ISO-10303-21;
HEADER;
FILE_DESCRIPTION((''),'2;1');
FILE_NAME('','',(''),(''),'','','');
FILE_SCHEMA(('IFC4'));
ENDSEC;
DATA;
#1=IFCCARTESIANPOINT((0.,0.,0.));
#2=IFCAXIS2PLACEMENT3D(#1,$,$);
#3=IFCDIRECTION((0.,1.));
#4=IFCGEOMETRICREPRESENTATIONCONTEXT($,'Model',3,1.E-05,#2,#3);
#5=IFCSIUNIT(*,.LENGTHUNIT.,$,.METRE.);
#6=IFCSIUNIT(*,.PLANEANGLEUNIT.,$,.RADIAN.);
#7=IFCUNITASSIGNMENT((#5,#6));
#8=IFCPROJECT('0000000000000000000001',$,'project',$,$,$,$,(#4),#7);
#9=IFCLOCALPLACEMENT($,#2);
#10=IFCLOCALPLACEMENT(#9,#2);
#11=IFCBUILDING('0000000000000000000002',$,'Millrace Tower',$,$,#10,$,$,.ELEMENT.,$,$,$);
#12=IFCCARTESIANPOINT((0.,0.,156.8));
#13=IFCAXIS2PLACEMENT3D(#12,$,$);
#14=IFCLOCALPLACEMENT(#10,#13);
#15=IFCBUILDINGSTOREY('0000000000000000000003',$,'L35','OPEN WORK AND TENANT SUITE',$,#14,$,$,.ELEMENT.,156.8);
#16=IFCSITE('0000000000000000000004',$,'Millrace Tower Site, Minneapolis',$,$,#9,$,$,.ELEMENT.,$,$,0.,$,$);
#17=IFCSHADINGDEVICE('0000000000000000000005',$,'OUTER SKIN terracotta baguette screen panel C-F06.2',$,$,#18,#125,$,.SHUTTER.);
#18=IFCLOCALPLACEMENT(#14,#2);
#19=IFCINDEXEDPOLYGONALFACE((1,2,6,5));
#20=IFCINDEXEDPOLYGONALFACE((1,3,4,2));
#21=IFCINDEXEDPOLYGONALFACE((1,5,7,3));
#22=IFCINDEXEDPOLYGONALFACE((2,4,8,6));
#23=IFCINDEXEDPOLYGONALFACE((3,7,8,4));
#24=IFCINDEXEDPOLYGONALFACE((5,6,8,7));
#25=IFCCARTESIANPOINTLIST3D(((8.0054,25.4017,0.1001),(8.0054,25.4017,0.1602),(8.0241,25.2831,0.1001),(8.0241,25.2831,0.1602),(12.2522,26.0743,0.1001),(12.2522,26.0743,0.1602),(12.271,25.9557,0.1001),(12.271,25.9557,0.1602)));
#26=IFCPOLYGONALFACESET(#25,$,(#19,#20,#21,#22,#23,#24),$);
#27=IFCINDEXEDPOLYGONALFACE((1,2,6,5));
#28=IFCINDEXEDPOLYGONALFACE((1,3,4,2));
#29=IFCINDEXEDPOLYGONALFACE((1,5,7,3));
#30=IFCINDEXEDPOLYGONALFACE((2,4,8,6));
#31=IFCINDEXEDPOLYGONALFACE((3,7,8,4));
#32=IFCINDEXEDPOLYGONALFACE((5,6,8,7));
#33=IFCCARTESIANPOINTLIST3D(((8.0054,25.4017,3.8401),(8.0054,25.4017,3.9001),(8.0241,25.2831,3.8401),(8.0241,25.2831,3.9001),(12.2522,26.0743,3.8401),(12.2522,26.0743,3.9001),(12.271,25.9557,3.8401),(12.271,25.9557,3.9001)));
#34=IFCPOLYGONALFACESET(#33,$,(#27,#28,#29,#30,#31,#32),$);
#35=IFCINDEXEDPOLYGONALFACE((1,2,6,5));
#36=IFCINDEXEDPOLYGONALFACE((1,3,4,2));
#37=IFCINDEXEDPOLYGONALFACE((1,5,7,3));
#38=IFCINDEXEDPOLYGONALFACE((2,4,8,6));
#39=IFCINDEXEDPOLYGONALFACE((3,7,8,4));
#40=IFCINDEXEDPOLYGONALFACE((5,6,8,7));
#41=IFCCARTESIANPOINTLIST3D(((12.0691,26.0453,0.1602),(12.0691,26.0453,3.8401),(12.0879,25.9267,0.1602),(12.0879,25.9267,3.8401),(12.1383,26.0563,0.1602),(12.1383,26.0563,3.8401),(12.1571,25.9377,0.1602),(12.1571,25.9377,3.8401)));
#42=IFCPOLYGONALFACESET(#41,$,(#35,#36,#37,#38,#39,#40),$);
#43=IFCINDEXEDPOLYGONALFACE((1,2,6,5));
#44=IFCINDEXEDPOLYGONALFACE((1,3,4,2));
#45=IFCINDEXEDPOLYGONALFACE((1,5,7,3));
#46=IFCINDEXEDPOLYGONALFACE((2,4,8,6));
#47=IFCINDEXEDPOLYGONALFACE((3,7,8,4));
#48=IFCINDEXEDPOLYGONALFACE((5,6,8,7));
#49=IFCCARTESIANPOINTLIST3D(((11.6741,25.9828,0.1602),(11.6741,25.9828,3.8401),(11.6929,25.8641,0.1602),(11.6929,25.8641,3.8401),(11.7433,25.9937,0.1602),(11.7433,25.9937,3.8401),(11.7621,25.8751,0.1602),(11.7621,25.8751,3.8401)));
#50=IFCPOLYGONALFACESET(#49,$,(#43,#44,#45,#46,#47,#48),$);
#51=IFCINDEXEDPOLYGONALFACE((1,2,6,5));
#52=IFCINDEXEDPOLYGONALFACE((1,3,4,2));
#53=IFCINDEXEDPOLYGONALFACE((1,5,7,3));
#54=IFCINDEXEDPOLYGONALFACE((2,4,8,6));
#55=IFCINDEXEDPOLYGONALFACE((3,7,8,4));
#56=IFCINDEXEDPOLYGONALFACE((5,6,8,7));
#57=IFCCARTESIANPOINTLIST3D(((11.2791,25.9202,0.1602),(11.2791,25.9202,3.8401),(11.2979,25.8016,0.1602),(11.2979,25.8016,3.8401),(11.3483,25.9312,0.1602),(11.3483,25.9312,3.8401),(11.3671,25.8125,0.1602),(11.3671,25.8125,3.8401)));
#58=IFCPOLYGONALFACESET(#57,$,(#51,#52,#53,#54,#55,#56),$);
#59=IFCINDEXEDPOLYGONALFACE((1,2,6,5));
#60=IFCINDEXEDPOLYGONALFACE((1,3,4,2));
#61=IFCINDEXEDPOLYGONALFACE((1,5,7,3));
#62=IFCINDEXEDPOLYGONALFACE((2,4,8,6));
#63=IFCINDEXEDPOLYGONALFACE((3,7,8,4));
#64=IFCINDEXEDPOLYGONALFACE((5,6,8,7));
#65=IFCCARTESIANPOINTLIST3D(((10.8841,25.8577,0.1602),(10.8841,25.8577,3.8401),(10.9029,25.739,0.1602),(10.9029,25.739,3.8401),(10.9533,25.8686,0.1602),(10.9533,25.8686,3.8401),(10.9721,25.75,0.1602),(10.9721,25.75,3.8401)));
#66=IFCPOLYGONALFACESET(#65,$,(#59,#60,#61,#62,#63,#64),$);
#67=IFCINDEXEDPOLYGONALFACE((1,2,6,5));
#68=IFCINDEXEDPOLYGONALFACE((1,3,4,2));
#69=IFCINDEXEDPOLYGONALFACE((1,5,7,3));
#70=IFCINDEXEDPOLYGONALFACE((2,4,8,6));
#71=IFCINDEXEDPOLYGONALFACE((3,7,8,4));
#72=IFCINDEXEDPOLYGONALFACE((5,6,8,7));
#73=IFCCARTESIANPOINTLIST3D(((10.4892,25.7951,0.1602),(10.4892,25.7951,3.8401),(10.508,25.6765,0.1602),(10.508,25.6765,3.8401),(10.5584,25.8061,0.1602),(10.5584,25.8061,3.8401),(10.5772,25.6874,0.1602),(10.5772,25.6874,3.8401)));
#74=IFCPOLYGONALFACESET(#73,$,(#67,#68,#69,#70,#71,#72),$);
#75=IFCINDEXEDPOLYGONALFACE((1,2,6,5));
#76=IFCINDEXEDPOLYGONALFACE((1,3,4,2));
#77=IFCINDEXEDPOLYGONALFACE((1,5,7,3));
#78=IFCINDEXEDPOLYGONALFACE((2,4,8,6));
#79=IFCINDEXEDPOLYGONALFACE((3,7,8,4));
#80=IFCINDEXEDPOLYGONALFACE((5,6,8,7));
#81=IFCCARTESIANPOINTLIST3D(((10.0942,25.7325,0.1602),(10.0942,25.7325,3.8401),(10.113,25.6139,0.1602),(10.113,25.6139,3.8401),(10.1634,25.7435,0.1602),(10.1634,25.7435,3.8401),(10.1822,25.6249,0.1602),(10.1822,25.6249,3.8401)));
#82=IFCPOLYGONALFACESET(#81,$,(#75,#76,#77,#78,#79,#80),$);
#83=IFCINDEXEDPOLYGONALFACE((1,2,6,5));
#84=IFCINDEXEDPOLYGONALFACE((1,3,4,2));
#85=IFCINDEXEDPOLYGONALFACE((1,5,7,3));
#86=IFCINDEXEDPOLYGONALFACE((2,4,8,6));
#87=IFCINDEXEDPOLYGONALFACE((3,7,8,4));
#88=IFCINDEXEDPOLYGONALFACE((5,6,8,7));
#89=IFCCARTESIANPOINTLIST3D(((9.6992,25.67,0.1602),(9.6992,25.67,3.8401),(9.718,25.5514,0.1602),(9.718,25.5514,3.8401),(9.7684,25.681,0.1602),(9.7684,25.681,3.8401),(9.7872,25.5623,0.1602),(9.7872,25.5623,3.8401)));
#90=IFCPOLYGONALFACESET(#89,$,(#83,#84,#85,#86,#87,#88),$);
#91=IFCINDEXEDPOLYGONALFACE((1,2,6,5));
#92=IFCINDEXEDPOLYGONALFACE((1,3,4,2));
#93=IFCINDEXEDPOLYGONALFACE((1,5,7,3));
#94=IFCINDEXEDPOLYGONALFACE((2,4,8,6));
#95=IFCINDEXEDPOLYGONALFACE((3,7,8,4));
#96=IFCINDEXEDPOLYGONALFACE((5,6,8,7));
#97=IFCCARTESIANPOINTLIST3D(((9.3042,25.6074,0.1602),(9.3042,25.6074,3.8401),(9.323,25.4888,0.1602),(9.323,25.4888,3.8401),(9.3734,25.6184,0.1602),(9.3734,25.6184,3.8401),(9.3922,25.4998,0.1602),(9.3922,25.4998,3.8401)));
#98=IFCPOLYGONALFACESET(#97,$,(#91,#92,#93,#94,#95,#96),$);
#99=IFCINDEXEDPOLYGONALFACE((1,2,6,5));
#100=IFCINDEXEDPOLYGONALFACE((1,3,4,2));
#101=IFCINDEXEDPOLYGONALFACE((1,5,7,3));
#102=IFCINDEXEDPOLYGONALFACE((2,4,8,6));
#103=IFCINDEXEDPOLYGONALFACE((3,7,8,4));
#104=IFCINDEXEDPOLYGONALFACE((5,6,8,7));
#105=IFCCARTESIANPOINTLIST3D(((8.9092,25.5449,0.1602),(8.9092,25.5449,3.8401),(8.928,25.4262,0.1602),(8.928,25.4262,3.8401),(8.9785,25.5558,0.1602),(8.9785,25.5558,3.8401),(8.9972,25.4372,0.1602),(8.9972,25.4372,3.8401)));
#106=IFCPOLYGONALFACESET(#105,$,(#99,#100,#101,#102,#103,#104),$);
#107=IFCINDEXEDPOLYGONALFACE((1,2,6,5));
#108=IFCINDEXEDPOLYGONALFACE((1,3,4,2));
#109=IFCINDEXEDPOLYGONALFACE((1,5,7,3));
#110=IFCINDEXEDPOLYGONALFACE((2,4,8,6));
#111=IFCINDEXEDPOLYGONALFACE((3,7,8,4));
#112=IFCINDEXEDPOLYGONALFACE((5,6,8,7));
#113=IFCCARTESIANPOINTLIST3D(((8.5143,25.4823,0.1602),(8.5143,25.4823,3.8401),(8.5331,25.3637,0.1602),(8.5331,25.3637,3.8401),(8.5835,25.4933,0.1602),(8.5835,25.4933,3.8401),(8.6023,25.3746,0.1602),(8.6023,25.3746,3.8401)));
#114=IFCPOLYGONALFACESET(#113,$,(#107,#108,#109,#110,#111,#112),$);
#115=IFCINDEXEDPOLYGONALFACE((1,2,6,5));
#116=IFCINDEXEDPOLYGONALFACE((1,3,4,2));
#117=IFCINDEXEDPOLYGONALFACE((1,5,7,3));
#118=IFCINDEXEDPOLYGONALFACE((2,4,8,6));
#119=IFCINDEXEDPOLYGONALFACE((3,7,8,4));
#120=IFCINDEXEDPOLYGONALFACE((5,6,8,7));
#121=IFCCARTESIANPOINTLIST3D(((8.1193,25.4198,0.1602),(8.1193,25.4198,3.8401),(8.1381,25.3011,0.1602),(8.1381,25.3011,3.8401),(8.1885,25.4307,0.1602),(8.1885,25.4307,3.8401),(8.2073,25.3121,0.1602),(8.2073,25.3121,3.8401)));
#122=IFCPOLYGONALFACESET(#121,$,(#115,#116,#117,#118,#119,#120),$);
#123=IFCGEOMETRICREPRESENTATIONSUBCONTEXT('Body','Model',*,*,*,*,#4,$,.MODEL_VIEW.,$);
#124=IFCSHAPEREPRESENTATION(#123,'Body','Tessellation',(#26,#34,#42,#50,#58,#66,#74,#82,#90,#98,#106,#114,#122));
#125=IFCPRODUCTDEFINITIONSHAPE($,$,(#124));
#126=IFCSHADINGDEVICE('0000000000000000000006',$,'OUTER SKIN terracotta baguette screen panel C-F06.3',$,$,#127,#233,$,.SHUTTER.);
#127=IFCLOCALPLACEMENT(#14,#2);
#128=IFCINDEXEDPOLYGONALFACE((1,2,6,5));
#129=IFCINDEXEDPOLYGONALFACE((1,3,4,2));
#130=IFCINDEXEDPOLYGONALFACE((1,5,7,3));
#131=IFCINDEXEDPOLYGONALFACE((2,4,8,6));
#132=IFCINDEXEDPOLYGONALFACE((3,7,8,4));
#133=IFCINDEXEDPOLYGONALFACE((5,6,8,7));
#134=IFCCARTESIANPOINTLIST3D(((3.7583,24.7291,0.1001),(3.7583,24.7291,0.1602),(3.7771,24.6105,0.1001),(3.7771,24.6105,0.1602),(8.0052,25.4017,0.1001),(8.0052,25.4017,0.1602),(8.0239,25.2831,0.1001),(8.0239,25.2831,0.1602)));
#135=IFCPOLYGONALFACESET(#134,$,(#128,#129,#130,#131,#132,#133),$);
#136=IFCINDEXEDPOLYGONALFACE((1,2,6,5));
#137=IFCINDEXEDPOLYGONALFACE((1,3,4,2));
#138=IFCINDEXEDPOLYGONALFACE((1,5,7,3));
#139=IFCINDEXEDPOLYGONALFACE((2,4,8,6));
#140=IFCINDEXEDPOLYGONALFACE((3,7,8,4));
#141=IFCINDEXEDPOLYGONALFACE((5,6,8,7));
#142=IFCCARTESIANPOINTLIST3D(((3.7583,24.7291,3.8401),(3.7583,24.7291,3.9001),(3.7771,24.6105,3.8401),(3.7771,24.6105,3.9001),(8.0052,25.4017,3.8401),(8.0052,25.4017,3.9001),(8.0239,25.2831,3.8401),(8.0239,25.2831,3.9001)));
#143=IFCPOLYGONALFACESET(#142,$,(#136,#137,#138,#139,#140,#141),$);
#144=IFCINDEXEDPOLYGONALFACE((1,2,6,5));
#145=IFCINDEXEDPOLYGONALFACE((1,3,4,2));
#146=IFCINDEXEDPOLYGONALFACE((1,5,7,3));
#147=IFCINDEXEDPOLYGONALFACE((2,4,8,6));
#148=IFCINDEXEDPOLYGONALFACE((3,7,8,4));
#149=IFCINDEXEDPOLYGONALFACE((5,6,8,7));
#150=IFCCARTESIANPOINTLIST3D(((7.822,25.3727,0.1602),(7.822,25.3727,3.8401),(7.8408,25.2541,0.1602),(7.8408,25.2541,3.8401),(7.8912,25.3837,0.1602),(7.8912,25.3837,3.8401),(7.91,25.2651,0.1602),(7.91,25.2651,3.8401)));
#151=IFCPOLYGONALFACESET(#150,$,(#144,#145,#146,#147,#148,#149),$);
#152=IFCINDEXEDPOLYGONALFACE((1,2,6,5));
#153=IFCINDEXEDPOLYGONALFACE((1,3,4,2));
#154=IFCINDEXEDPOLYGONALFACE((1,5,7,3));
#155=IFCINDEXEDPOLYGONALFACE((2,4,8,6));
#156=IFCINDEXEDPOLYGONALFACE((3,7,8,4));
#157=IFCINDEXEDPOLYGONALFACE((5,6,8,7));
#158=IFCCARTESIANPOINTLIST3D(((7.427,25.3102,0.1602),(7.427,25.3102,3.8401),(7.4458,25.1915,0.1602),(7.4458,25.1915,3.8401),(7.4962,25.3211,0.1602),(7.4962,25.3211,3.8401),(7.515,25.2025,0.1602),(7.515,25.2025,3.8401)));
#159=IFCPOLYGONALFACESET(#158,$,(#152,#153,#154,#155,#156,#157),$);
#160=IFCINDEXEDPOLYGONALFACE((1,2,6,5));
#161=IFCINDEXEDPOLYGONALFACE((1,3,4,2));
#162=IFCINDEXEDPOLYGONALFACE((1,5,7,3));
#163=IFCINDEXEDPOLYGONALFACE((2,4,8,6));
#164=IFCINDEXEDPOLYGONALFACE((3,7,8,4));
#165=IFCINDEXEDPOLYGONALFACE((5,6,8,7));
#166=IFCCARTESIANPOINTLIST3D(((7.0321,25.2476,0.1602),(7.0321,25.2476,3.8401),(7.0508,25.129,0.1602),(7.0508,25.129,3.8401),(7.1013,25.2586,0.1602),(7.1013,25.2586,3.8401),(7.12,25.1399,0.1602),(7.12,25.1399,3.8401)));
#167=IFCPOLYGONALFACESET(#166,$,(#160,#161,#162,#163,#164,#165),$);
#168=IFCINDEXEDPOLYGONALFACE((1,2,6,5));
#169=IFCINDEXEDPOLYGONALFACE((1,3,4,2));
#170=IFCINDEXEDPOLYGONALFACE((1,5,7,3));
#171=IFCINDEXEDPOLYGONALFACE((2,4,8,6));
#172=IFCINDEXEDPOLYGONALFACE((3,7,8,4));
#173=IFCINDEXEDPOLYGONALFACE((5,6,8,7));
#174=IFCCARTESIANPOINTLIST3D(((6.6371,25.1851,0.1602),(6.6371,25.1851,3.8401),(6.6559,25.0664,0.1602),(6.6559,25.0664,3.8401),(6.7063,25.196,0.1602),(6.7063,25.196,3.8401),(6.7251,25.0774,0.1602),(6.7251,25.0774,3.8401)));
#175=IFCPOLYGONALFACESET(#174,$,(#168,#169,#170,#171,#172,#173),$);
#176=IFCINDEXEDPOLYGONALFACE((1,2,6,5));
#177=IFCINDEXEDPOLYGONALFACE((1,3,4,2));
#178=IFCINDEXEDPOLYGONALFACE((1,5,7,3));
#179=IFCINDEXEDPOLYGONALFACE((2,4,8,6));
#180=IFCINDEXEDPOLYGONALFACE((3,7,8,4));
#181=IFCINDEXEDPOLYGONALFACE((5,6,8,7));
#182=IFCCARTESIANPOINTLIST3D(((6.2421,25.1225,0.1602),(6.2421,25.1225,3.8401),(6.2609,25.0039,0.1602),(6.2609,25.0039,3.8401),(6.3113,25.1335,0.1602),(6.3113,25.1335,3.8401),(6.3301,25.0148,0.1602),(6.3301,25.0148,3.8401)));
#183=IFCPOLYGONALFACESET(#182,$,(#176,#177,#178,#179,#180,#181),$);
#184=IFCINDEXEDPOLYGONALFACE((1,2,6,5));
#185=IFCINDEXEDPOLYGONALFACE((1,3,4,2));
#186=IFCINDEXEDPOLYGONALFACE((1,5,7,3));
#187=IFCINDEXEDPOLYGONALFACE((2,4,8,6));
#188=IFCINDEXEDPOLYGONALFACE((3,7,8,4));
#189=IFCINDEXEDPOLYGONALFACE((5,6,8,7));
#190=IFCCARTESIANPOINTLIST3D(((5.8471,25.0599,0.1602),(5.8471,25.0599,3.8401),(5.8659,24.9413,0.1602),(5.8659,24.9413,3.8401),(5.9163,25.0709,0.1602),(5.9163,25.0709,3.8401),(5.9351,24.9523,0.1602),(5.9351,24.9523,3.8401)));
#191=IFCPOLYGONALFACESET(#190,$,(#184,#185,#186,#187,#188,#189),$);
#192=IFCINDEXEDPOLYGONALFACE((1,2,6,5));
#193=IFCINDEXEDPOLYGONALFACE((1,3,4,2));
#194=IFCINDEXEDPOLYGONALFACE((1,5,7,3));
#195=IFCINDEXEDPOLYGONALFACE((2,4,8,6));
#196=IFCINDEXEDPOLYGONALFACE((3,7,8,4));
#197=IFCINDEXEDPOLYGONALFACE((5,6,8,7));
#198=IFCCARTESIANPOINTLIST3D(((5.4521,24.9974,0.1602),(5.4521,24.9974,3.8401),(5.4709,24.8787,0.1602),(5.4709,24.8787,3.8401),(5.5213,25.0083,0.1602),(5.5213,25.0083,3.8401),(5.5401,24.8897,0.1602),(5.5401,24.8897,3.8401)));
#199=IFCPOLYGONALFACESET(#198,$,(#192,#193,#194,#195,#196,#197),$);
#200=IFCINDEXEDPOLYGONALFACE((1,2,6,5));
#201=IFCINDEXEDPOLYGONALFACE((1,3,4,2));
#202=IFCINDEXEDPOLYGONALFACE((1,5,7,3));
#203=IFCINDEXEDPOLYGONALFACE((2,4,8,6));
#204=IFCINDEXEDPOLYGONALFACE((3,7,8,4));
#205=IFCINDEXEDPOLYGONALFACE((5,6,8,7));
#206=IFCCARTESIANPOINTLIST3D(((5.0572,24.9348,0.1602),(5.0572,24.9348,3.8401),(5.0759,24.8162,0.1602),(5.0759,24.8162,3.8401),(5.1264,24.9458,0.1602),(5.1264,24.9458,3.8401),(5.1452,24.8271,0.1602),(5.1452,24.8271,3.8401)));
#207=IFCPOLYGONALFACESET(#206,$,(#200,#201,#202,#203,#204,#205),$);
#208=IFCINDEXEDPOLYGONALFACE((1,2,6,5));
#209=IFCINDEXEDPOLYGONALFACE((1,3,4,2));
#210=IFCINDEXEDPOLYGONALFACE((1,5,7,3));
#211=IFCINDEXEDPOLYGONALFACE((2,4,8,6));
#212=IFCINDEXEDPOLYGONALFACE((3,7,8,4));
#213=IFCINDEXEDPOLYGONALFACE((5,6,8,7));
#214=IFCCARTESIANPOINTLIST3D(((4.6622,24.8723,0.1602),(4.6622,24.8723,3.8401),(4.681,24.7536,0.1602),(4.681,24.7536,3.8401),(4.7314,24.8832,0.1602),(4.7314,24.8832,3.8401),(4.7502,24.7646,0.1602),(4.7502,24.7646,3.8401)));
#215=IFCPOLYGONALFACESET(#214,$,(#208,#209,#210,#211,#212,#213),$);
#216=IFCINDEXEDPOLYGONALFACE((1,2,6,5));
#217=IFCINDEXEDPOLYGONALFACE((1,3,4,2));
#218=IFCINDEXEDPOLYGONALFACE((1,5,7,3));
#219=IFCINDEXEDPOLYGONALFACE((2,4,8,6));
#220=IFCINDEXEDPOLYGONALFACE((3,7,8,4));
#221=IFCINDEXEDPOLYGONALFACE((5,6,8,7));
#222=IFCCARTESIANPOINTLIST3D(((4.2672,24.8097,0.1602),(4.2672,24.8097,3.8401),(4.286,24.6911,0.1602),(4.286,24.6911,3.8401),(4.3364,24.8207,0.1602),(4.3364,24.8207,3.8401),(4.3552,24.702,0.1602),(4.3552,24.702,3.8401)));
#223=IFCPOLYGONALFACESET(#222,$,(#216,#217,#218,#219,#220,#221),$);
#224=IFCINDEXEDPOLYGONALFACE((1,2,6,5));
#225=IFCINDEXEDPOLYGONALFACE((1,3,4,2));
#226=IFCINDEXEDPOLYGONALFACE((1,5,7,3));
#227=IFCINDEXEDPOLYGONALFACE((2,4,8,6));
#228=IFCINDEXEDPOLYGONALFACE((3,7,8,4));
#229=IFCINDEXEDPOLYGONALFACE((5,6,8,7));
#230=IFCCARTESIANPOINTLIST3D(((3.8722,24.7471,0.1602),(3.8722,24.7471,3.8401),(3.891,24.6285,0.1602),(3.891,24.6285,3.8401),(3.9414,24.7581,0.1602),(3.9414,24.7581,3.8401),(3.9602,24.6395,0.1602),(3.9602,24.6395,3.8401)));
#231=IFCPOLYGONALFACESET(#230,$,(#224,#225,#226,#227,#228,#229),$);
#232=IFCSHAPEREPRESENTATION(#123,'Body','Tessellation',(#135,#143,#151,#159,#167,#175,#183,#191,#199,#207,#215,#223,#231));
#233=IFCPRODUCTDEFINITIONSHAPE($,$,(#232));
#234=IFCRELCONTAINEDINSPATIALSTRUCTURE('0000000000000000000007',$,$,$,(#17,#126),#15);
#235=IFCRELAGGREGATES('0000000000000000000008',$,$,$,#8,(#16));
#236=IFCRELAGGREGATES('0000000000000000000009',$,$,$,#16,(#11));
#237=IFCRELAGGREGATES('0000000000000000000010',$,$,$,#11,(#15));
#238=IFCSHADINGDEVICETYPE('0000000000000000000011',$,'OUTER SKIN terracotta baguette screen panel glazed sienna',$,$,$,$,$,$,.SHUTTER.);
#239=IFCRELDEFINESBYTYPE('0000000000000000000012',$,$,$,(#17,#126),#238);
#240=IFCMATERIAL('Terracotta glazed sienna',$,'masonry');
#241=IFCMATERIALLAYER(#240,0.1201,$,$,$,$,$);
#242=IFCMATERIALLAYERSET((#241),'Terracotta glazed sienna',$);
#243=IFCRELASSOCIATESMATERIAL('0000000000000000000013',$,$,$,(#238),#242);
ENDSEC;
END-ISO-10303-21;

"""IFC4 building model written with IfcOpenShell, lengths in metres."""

from ifc_helpers import new_model, entity, si_unit, direction, frame, frame_2d, origin, origin_2d, place, context, subcontext, project, spatial, rectangle, extrude, source, transform, mapped, material, layer, layer_set, type_object, element, save


model = new_model("IFC4")

# Units and contexts
model_context = context("Model", 3, precision=1e-05, world=origin(), true_north=direction((0.0, 1.0)))
body_context = subcontext(model_context, "Body", "Model", "MODEL_VIEW")
ifc_project = project(units=[si_unit("LENGTHUNIT", "METRE"), si_unit("PLANEANGLEUNIT", "RADIAN")], contexts=[model_context])

# Site, building, storey
site_placement = place(None, origin())
site = spatial("IfcSite", under=ifc_project, at=site_placement, Name="Millrace Tower Site, Minneapolis", CompositionType="ELEMENT", RefElevation=0.0)
building_placement = place(site_placement, origin())
building = spatial("IfcBuilding", under=site, at=building_placement, Name="Millrace Tower", CompositionType="ELEMENT")
storey_placement = place(building_placement, frame((0.0, 0.0, 156.8)))
storey = spatial("IfcBuildingStorey", under=building, at=storey_placement, Name="L35", Description="OPEN WORK AND TENANT SUITE", CompositionType="ELEMENT", Elevation=156.8)

# Shading devices
ifc_material_1 = material(Name="Terracotta glazed sienna", Category="masonry")
ifc_layer_1 = layer(ifc_material_1, 0.1201)
ifc_layer_set_1 = layer_set([ifc_layer_1], Name="Terracotta glazed sienna")
shading_device_type = type_object("IfcShadingDeviceType", Name="OUTER SKIN terracotta baguette screen panel glazed sienna", PredefinedType="SHUTTER", material=ifc_layer_set_1)
cartesian_point_1 = entity("IfcCartesianPoint", [-2.1499, 0.0601])
shared_polyline_1 = entity("IfcPolyline", [cartesian_point_1, entity("IfcCartesianPoint", [2.1499, 0.0601]), entity("IfcCartesianPoint", [2.1499, -0.0601]), entity("IfcCartesianPoint", [-2.1499, -0.0601]), cartesian_point_1])
shared_shape_1 = source(origin(), body_context, "Body", "SweptSolid", [
    entity("IfcExtrudedAreaSolid", entity("IfcArbitraryClosedProfileDef", "AREA", None, shared_polyline_1), entity("IfcAxis2Placement3D", entity("IfcCartesianPoint", [0.0, 0.0, 0.0])), entity("IfcDirection", [0.0, 0.0, 1.0]), 0.0601),
    entity("IfcExtrudedAreaSolid", entity("IfcArbitraryClosedProfileDef", "AREA", None, shared_polyline_1), entity("IfcAxis2Placement3D", entity("IfcCartesianPoint", [0.0, 0.0, 3.74])), entity("IfcDirection", [0.0, 0.0, 1.0]), 0.0601),
    extrude(rectangle(XDim=0.0701, YDim=0.1201, at=frame_2d((-1.9995, 0.0))), frame((0.0, 0.0, 0.0601)), (0.0, 0.0, 1.0), 3.6799),
    extrude(rectangle(XDim=0.0701, YDim=0.1201, at=frame_2d((-1.5996, 0.0))), frame((0.0, 0.0, 0.0601)), (0.0, 0.0, 1.0), 3.6799),
    extrude(rectangle(XDim=0.0701, YDim=0.1201, at=frame_2d((-1.1997, 0.0))), frame((0.0, 0.0, 0.0601)), (0.0, 0.0, 1.0), 3.6799),
    extrude(rectangle(XDim=0.0701, YDim=0.1201, at=frame_2d((-0.7998, 0.0))), frame((0.0, 0.0, 0.0601)), (0.0, 0.0, 1.0), 3.6799),
    extrude(rectangle(XDim=0.0701, YDim=0.1201, at=frame_2d((-0.3999, 0.0))), frame((0.0, 0.0, 0.0601)), (0.0, 0.0, 1.0), 3.6799),
    extrude(rectangle(XDim=0.0701, YDim=0.1201, at=origin_2d()), frame((0.0, 0.0, 0.0601)), (0.0, 0.0, 1.0), 3.6799),
    extrude(rectangle(XDim=0.0701, YDim=0.1201, at=frame_2d((0.3999, 0.0))), frame((0.0, 0.0, 0.0601)), (0.0, 0.0, 1.0), 3.6799),
    extrude(rectangle(XDim=0.0701, YDim=0.1201, at=frame_2d((0.7998, 0.0))), frame((0.0, 0.0, 0.0601)), (0.0, 0.0, 1.0), 3.6799),
    extrude(rectangle(XDim=0.0701, YDim=0.1201, at=frame_2d((1.1997, 0.0))), frame((0.0, 0.0, 0.0601)), (0.0, 0.0, 1.0), 3.6799),
    extrude(rectangle(XDim=0.0701, YDim=0.1201, at=frame_2d((1.5996, 0.0))), frame((0.0, 0.0, 0.0601)), (0.0, 0.0, 1.0), 3.6799),
    extrude(rectangle(XDim=0.0701, YDim=0.1201, at=frame_2d((1.9995, 0.0))), frame((0.0, 0.0, 0.0601)), (0.0, 0.0, 1.0), 3.6799),
])
for number, where, z_axis, x_axis, name in (
    (1, (10.1382, 25.6787, 0.1001), (0.0, 0.0, 1.0), (-0.987688, -0.156434, 0.0), "OUTER SKIN terracotta baguette screen panel C-F06.2"),
    (2, (5.8911, 25.0061, 0.1001), (0.0, 0.0, 1.0), (-0.987688, -0.156434, 0.0), "OUTER SKIN terracotta baguette screen panel C-F06.3"),
):
    element("IfcShadingDevice", number, at=place(storey_placement, frame(where, z_axis=z_axis, x_axis=x_axis)), inside=storey, type_object=shading_device_type, Name=name, PredefinedType="SHUTTER", context=body_context, shape_type="MappedRepresentation", body=[
        mapped(shared_shape_1, transform((0.0, 0.0, 0.0), scale=1.0)),
    ])

save(model, "model.ifc")
